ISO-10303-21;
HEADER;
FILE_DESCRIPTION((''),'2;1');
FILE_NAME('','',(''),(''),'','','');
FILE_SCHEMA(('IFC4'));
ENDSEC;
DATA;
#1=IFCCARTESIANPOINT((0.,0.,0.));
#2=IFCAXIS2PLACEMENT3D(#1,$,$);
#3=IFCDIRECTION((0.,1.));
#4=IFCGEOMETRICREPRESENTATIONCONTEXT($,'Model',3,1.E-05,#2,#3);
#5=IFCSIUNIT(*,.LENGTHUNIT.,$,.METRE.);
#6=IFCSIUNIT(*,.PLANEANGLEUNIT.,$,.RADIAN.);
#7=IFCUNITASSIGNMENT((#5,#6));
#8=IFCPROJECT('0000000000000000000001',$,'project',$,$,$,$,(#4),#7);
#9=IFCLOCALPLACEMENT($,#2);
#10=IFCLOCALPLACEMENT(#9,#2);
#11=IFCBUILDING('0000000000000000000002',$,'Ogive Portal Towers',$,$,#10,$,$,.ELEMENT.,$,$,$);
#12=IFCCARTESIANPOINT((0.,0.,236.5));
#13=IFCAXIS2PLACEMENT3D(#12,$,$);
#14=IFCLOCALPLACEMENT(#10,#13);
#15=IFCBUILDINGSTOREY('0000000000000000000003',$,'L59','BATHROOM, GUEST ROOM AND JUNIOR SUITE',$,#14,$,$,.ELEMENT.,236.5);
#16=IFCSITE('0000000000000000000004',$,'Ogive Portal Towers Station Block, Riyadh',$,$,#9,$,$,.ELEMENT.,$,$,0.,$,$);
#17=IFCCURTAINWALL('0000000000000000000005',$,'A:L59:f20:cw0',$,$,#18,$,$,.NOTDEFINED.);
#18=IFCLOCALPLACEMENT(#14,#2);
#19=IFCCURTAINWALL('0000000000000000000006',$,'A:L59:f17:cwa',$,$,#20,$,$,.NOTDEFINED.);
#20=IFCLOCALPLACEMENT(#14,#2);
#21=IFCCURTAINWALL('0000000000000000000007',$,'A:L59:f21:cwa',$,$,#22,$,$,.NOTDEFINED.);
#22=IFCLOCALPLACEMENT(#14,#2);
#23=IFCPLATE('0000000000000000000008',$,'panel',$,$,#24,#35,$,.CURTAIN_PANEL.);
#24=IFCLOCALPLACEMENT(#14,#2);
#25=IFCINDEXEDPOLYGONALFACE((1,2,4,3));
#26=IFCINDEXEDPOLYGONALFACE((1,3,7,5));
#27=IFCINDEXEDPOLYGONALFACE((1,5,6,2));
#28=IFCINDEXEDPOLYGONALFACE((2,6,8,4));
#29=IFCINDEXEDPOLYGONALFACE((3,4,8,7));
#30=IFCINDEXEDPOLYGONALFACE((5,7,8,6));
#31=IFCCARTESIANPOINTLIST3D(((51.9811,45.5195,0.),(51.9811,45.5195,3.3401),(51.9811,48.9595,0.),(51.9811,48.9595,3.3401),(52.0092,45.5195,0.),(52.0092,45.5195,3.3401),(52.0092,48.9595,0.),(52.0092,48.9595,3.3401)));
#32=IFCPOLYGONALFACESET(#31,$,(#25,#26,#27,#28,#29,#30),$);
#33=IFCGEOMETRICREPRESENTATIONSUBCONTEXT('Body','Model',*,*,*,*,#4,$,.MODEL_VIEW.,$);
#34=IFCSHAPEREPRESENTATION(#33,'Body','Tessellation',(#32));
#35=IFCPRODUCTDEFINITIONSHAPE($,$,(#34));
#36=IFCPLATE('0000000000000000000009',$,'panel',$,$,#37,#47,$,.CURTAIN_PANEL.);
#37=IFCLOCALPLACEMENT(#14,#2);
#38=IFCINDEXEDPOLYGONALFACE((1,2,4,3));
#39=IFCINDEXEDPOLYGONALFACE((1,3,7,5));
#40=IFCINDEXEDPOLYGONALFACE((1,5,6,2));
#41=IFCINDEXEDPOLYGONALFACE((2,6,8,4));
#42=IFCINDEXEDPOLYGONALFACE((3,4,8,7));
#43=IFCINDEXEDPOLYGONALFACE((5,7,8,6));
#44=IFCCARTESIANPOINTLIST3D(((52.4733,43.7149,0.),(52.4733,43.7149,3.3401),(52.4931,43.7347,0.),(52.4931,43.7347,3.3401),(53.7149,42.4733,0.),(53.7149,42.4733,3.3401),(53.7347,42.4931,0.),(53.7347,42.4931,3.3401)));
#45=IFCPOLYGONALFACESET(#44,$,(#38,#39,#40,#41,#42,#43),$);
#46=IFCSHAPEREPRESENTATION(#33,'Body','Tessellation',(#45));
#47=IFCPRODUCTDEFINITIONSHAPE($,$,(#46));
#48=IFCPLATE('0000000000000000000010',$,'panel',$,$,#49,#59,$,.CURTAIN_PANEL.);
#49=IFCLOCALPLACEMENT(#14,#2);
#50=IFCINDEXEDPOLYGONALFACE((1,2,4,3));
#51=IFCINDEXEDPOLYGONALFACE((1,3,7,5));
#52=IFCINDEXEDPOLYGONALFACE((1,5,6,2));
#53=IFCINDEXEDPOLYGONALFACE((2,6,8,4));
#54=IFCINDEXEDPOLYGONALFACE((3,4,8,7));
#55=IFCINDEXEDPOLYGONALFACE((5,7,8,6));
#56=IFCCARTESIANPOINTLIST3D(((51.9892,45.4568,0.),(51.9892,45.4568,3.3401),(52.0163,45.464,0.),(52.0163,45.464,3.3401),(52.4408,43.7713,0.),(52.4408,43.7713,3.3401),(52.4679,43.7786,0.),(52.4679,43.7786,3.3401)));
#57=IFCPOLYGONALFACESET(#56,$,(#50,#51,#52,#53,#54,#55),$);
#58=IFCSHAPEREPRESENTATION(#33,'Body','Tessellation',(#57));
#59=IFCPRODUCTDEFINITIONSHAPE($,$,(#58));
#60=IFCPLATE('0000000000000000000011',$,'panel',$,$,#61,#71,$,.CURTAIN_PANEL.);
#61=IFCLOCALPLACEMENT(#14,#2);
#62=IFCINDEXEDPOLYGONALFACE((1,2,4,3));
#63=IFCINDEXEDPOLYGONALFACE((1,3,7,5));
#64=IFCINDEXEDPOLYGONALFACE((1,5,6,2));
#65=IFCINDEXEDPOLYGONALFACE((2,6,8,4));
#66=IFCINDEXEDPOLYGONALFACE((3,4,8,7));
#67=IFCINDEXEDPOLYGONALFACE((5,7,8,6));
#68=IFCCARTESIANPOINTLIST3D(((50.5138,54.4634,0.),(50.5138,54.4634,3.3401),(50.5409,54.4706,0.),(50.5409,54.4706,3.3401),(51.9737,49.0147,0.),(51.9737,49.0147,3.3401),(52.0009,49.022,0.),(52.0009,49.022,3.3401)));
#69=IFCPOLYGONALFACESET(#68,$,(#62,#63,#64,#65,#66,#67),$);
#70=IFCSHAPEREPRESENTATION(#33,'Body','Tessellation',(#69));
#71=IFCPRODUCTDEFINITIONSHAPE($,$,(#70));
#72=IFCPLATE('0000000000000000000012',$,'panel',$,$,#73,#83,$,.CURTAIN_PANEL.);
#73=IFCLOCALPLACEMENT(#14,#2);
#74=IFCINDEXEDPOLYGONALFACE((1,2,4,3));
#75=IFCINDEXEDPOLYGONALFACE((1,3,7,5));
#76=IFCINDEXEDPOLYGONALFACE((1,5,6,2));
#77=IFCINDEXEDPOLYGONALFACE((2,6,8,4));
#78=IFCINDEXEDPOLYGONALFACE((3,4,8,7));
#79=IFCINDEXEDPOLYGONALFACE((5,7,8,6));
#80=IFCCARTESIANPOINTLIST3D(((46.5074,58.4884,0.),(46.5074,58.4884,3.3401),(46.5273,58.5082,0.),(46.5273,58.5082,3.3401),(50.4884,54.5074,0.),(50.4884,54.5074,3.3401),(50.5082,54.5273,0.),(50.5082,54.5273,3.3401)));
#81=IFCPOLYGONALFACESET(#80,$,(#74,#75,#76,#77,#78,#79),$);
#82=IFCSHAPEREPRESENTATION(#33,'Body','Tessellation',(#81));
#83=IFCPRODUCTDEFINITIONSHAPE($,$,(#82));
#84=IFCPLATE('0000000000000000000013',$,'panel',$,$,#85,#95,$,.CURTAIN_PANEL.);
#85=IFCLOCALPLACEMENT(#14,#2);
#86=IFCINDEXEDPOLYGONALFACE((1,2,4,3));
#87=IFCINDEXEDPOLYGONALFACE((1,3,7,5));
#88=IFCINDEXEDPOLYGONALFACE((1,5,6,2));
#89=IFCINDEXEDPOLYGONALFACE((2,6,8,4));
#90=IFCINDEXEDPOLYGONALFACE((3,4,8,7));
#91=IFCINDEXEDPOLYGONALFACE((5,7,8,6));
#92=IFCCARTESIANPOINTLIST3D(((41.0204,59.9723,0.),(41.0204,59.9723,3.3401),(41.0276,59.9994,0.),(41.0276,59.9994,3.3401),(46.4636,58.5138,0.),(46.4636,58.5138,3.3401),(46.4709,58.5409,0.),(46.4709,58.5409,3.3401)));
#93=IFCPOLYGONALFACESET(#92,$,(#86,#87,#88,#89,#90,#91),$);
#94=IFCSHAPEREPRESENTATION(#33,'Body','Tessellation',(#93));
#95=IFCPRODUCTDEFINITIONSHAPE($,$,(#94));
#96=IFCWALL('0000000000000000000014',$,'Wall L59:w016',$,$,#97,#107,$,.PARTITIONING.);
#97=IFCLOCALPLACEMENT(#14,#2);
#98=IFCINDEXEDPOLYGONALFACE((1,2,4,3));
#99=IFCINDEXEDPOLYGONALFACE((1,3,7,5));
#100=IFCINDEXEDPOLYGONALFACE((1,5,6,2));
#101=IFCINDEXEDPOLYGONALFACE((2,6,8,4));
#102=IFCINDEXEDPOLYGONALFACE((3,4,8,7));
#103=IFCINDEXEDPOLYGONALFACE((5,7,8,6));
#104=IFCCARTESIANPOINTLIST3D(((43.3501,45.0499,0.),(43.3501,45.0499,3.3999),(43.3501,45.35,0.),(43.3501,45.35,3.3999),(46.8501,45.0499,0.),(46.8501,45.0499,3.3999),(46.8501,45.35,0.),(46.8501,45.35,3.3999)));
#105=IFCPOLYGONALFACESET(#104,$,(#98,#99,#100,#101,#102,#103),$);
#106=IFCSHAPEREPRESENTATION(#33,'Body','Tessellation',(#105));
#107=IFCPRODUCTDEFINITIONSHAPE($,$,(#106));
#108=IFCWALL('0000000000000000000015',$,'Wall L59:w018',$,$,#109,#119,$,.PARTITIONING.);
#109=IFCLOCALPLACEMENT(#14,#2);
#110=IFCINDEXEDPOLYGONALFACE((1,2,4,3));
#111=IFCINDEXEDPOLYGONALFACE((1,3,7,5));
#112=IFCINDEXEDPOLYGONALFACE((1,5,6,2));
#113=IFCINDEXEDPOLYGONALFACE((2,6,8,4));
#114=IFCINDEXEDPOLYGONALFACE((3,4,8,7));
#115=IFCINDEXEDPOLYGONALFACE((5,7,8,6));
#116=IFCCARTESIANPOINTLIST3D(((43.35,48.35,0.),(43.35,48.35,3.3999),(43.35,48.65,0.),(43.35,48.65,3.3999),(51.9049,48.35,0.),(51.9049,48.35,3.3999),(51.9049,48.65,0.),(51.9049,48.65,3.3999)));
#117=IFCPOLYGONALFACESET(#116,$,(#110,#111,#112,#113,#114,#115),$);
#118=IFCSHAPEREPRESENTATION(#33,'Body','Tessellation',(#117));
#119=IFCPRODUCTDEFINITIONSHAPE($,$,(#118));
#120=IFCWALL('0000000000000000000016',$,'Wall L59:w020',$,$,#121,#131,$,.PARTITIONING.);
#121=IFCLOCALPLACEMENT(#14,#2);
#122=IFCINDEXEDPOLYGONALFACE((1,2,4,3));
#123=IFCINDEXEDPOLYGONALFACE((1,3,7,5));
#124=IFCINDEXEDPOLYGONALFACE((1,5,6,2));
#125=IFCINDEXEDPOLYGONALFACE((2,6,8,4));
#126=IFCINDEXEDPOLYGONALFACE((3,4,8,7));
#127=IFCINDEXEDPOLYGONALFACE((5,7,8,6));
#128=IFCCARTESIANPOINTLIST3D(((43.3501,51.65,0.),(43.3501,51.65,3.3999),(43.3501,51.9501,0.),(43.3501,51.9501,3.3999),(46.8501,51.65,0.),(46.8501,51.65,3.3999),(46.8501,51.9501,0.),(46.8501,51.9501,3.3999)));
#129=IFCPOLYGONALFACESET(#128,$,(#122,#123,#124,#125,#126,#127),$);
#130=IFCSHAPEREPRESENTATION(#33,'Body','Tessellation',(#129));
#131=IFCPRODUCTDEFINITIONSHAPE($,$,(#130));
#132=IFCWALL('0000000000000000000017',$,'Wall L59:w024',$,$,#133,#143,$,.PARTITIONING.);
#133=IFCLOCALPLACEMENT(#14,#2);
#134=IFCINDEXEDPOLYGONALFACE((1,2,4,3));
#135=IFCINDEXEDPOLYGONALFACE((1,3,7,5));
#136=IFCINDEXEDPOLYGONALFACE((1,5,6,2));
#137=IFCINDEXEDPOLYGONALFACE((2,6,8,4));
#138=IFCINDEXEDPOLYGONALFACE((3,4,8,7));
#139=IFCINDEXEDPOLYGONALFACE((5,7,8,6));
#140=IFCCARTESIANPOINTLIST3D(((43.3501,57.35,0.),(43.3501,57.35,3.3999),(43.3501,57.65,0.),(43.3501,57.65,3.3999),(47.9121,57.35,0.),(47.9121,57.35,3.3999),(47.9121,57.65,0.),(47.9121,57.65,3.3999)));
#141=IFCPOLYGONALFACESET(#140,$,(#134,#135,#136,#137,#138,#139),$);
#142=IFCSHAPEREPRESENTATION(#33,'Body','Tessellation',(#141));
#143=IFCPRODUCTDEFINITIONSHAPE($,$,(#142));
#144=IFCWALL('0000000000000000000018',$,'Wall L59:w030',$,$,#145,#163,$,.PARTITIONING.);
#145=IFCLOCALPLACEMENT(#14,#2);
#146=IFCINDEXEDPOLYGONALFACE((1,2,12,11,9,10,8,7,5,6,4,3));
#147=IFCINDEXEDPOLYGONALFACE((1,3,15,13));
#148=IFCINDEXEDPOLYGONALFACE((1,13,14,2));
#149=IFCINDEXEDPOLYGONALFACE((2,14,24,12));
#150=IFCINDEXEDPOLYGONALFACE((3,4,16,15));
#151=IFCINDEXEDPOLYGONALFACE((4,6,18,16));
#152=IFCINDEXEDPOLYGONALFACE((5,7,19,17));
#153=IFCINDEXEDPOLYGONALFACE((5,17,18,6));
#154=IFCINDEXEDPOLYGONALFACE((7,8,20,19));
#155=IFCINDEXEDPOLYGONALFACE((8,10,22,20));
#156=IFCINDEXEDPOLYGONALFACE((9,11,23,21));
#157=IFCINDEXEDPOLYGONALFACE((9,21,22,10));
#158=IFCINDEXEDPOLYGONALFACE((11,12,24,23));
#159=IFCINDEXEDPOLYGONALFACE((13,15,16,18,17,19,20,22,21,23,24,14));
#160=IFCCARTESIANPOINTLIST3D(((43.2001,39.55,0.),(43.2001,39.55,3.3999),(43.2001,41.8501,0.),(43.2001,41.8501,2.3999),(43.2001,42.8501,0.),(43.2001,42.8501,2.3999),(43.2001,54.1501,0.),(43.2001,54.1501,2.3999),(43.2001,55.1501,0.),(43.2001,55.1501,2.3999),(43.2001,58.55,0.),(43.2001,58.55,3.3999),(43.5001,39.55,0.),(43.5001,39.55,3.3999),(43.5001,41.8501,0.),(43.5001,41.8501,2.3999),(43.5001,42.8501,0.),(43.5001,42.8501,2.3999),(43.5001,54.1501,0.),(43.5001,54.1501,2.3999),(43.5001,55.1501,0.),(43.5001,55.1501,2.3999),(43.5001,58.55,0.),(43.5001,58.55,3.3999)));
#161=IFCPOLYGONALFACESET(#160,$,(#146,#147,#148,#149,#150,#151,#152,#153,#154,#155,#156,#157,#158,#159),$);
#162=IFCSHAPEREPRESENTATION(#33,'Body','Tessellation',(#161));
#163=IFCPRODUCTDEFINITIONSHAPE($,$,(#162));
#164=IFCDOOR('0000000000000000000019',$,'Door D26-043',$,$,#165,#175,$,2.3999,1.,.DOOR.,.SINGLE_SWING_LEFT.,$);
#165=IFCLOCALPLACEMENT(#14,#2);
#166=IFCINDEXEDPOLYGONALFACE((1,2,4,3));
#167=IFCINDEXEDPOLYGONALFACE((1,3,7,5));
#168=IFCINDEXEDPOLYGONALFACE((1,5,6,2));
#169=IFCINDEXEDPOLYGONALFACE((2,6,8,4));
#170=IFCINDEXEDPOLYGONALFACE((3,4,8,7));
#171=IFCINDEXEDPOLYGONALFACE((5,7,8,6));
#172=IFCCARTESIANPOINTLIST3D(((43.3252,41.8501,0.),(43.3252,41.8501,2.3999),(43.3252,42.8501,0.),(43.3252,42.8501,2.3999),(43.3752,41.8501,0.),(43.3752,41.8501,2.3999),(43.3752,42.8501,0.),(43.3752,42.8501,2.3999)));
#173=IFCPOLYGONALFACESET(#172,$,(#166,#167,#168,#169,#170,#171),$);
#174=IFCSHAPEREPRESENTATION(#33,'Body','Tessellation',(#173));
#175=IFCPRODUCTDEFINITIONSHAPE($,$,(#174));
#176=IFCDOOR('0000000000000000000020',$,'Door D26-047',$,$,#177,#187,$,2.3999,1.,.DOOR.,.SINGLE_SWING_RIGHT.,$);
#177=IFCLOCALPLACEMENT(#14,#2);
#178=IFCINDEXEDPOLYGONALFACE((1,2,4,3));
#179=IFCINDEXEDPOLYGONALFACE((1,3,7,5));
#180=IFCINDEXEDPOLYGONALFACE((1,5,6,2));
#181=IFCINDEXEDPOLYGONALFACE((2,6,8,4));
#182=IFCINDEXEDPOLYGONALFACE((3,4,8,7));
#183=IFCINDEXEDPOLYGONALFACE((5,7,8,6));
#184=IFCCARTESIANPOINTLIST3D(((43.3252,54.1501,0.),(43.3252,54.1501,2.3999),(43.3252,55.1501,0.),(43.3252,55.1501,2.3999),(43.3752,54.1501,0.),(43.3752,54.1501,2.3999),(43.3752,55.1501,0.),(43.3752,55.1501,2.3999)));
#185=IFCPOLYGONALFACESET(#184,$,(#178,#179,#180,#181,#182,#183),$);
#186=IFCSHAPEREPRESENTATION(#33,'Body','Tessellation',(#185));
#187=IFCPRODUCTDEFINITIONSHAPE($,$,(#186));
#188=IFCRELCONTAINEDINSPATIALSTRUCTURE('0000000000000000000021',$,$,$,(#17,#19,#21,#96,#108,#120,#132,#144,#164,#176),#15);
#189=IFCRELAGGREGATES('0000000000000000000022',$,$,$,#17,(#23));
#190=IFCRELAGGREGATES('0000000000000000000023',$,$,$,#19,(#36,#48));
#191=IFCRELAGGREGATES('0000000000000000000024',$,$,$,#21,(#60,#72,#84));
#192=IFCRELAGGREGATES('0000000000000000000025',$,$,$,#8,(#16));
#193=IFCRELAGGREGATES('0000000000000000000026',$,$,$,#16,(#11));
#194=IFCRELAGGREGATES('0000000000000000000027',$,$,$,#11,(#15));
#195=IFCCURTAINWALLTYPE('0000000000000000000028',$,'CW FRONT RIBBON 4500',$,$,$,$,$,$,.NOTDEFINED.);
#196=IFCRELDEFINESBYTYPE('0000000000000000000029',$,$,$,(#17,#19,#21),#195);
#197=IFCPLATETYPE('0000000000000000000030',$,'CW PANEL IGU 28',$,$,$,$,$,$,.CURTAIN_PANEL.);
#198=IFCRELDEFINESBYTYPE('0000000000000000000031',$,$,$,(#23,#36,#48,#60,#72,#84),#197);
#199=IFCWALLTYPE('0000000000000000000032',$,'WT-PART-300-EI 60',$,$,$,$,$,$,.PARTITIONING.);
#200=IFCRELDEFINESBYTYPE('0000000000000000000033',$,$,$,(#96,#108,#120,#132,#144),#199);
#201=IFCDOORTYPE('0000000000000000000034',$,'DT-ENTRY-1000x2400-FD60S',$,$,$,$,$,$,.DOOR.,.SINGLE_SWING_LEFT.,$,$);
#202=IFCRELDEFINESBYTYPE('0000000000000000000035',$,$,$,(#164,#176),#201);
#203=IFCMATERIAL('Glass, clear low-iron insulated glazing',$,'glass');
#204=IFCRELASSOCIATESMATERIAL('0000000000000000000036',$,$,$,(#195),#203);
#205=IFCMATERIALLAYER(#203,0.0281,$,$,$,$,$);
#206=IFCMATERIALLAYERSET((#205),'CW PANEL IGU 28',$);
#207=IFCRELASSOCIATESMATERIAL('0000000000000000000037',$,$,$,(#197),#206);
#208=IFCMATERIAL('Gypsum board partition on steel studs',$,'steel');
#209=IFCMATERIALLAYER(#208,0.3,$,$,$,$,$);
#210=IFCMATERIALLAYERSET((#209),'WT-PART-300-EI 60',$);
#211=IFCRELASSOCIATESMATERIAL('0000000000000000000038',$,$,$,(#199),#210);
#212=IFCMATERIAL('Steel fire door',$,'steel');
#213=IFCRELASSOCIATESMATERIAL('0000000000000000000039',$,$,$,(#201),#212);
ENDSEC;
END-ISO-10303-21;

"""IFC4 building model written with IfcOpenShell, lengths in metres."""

from ifc_helpers import new_model, si_unit, direction, frame, frame_2d, origin, origin_2d, place, context, subcontext, project, spatial, rectangle, extrude, material, layer, layer_set, type_object, element, fill, aggregate, save


model = new_model("IFC4")

# Units and contexts
model_context = context("Model", 3, precision=1e-05, world=origin(), true_north=direction((0.0, 1.0)))
body_context = subcontext(model_context, "Body", "Model", "MODEL_VIEW")
ifc_project = project(units=[si_unit("LENGTHUNIT", "METRE"), si_unit("PLANEANGLEUNIT", "RADIAN")], contexts=[model_context])

# Site, building, storey
site_placement = place(None, origin())
site = spatial("IfcSite", under=ifc_project, at=site_placement, Name="Ogive Portal Towers Station Block, Riyadh", CompositionType="ELEMENT", RefElevation=0.0)
building_placement = place(site_placement, origin())
building = spatial("IfcBuilding", under=site, at=building_placement, Name="Ogive Portal Towers", CompositionType="ELEMENT")
storey_placement = place(building_placement, frame((0.0, 0.0, 236.5)))
storey = spatial("IfcBuildingStorey", under=building, at=storey_placement, Name="L59", Description="BATHROOM, GUEST ROOM AND JUNIOR SUITE", CompositionType="ELEMENT", Elevation=236.5)

# Curtain wall
ifc_material_1 = material(Name="Glass, clear low-iron insulated glazing", Category="glass")
curtain_wall_type = type_object("IfcCurtainWallType", Name="CW FRONT RIBBON 4500", PredefinedType="NOTDEFINED", material=ifc_material_1)
curtain_wall_1_placement = place(storey_placement, origin())
curtain_wall_1 = element("IfcCurtainWall", 1, at=curtain_wall_1_placement, inside=storey, type_object=curtain_wall_type, Name="A:L59:f20:cw0", PredefinedType="NOTDEFINED")

# Curtain wall
curtain_wall_2_placement = place(storey_placement, origin())
curtain_wall_2 = element("IfcCurtainWall", 2, at=curtain_wall_2_placement, inside=storey, type_object=curtain_wall_type, Name="A:L59:f17:cwa", PredefinedType="NOTDEFINED")

# Curtain wall
curtain_wall_3_placement = place(storey_placement, origin())
curtain_wall_3 = element("IfcCurtainWall", 3, at=curtain_wall_3_placement, inside=storey, type_object=curtain_wall_type, Name="A:L59:f21:cwa", PredefinedType="NOTDEFINED")

# Plates
ifc_layer_1 = layer(ifc_material_1, 0.0281)
ifc_layer_set_1 = layer_set([ifc_layer_1], Name="CW PANEL IGU 28")
plate_type = type_object("IfcPlateType", Name="CW PANEL IGU 28", PredefinedType="CURTAIN_PANEL", material=ifc_layer_set_1)
plate_1_placement = place(storey_placement, frame((51.9951, 47.2395, 0.0), z_axis=(0.0, 0.0, 1.0), x_axis=(0.0, 1.0, 0.0)))
plate_1 = element("IfcPlate", 4, at=plate_1_placement, type_object=plate_type, Name="panel", PredefinedType="CURTAIN_PANEL", context=body_context, shape_type="SweptSolid", body=[
    extrude(rectangle(XDim=3.4399, YDim=0.0281, at=origin_2d()), origin(), (0.0, 0.0, 1.0), 3.3401),
])
aggregate(curtain_wall_1, [plate_1])
plate_2_placement = place(storey_placement, frame((53.104, 43.104, 0.0), z_axis=(0.0, 0.0, 1.0), x_axis=(-0.707107, 0.707107, 0.0)))
plate_2 = element("IfcPlate", 5, at=plate_2_placement, type_object=plate_type, Name="panel", PredefinedType="CURTAIN_PANEL", context=body_context, shape_type="SweptSolid", body=[
    extrude(rectangle(XDim=1.7559, YDim=0.0281, at=origin_2d()), origin(), (0.0, 0.0, 1.0), 3.3401),
])
plate_3_placement = place(storey_placement, frame((52.2285, 44.6177, 0.0), z_axis=(0.0, 0.0, 1.0), x_axis=(-0.258819, 0.965926, 0.0)))
plate_3 = element("IfcPlate", 6, at=plate_3_placement, type_object=plate_type, Name="panel", PredefinedType="CURTAIN_PANEL", context=body_context, shape_type="SweptSolid", body=[
    extrude(rectangle(XDim=1.7449, YDim=0.0281, at=origin_2d()), origin(), (0.0, 0.0, 1.0), 3.3401),
])
aggregate(curtain_wall_2, [plate_2, plate_3])
plate_4_placement = place(storey_placement, frame((51.2573, 51.7427, 0.0), z_axis=(0.0, 0.0, 1.0), x_axis=(-0.258819, 0.965926, 0.0)))
plate_4 = element("IfcPlate", 7, at=plate_4_placement, type_object=plate_type, Name="panel", PredefinedType="CURTAIN_PANEL", context=body_context, shape_type="SweptSolid", body=[
    extrude(rectangle(XDim=5.6409, YDim=0.0281, at=origin_2d()), origin(), (0.0, 0.0, 1.0), 3.3401),
])
plate_5_placement = place(storey_placement, frame((48.5078, 56.5078, 0.0), z_axis=(0.0, 0.0, 1.0), x_axis=(-0.707107, 0.707107, 0.0)))
plate_5 = element("IfcPlate", 8, at=plate_5_placement, type_object=plate_type, Name="panel", PredefinedType="CURTAIN_PANEL", context=body_context, shape_type="SweptSolid", body=[
    extrude(rectangle(XDim=5.6299, YDim=0.0281, at=origin_2d()), origin(), (0.0, 0.0, 1.0), 3.3401),
])
plate_6_placement = place(storey_placement, frame((43.7456, 59.2566, 0.0), z_axis=(0.0, 0.0, 1.0), x_axis=(-0.965926, 0.258819, 0.0)))
plate_6 = element("IfcPlate", 9, at=plate_6_placement, type_object=plate_type, Name="panel", PredefinedType="CURTAIN_PANEL", context=body_context, shape_type="SweptSolid", body=[
    extrude(rectangle(XDim=5.6353, YDim=0.0281, at=origin_2d()), origin(), (0.0, 0.0, 1.0), 3.3401),
])
aggregate(curtain_wall_3, [plate_4, plate_5, plate_6])

# Walls
ifc_material_2 = material(Name="Gypsum board partition on steel studs", Category="steel")
ifc_layer_2 = layer(ifc_material_2, 0.3)
ifc_layer_set_2 = layer_set([ifc_layer_2], Name="WT-PART-300-EI 60")
wall_type = type_object("IfcWallType", Name="WT-PART-300-EI 60", PredefinedType="PARTITIONING", material=ifc_layer_set_2)
wall_1_placement = place(storey_placement, frame((43.3501, 45.2, 0.0), z_axis=(0.0, 0.0, 1.0), x_axis=(1.0, 0.0, 0.0)))
element("IfcWall", 10, at=wall_1_placement, inside=storey, type_object=wall_type, Name="Wall L59:w016", PredefinedType="PARTITIONING", context=body_context, shape_type="SweptSolid", body=[
    extrude(rectangle(XDim=3.5, YDim=0.3, at=frame_2d((1.75, 0.0))), origin(), (0.0, 0.0, 1.0), 3.3999),
])
wall_2_placement = place(storey_placement, frame((43.3501, 48.5, 0.0), z_axis=(0.0, 0.0, 1.0), x_axis=(1.0, 0.0, 0.0)))
element("IfcWall", 11, at=wall_2_placement, inside=storey, type_object=wall_type, Name="Wall L59:w018", PredefinedType="PARTITIONING", context=body_context, shape_type="SweptSolid", body=[
    extrude(rectangle(XDim=8.5549, YDim=0.3, at=frame_2d((4.2773, 0.0))), origin(), (0.0, 0.0, 1.0), 3.3999),
])
wall_3_placement = place(storey_placement, frame((43.3501, 51.8, 0.0), z_axis=(0.0, 0.0, 1.0), x_axis=(1.0, 0.0, 0.0)))
element("IfcWall", 12, at=wall_3_placement, inside=storey, type_object=wall_type, Name="Wall L59:w020", PredefinedType="PARTITIONING", context=body_context, shape_type="SweptSolid", body=[
    extrude(rectangle(XDim=3.5, YDim=0.3, at=frame_2d((1.75, 0.0))), origin(), (0.0, 0.0, 1.0), 3.3999),
])
wall_4_placement = place(storey_placement, frame((43.3501, 57.5, 0.0), z_axis=(0.0, 0.0, 1.0), x_axis=(1.0, 0.0, 0.0)))
element("IfcWall", 13, at=wall_4_placement, inside=storey, type_object=wall_type, Name="Wall L59:w024", PredefinedType="PARTITIONING", context=body_context, shape_type="SweptSolid", body=[
    extrude(rectangle(XDim=4.562, YDim=0.3, at=frame_2d((2.281, 0.0))), origin(), (0.0, 0.0, 1.0), 3.3999),
])

# Wall, openings, doors
wall_5_placement = place(storey_placement, frame((43.3501, 39.55, 0.0), z_axis=(0.0, 0.0, 1.0), x_axis=(0.0, 1.0, 0.0)))
wall_5 = element("IfcWall", 14, at=wall_5_placement, inside=storey, type_object=wall_type, Name="Wall L59:w030", PredefinedType="PARTITIONING", context=body_context, shape_type="SweptSolid", body=[
    extrude(rectangle(XDim=19.0, YDim=0.3, at=frame_2d((9.5, 0.0))), origin(), (0.0, 0.0, 1.0), 3.3999),
])
opening_1_placement = place(wall_5_placement, frame((2.3, 0.0, 0.0)))
opening_1 = element("IfcOpeningElement", 15, at=opening_1_placement, cuts=wall_5, PredefinedType="OPENING", context=body_context, shape_type="SweptSolid", body=[
    extrude(rectangle(XDim=1.0, YDim=2.3999, at=frame_2d((0.5, 1.2))), frame((0.0, 0.1602, 0.0), z_axis=(0.0, -1.0, 0.0), x_axis=(1.0, 0.0, 0.0)), (0.0, 0.0, 1.0), 0.3201),
])
opening_2_placement = place(wall_5_placement, frame((14.6001, 0.0, 0.0)))
opening_2 = element("IfcOpeningElement", 16, at=opening_2_placement, cuts=wall_5, PredefinedType="OPENING", context=body_context, shape_type="SweptSolid", body=[
    extrude(rectangle(XDim=1.0, YDim=2.3999, at=frame_2d((0.5, 1.2))), frame((0.0, 0.1602, 0.0), z_axis=(0.0, -1.0, 0.0), x_axis=(1.0, 0.0, 0.0)), (0.0, 0.0, 1.0), 0.3201),
])
ifc_material_3 = material(Name="Steel fire door", Category="steel")
door_type_1 = type_object("IfcDoorType", Name="DT-ENTRY-1000x2400-FD60S", OperationType="SINGLE_SWING_LEFT", PredefinedType="DOOR", material=ifc_material_3)
door_1_placement = place(opening_1_placement, origin())
door_1 = element("IfcDoor", 17, at=door_1_placement, inside=storey, type_object=door_type_1, Name="Door D26-043", OperationType="SINGLE_SWING_LEFT", OverallHeight=2.3999, OverallWidth=1.0, PredefinedType="DOOR", context=body_context, shape_type="SweptSolid", body=[
    extrude(rectangle(XDim=1.0, YDim=2.3999, at=frame_2d((0.5, 1.2))), frame((0.0, 0.0249, 0.0), z_axis=(0.0, -1.0, 0.0), x_axis=(1.0, 0.0, 0.0)), (0.0, 0.0, 1.0), 0.05),
])
fill(opening_1, door_1)
door_2_placement = place(opening_2_placement, origin())
door_2 = element("IfcDoor", 18, at=door_2_placement, inside=storey, type_object=door_type_1, Name="Door D26-047", OperationType="SINGLE_SWING_RIGHT", OverallHeight=2.3999, OverallWidth=1.0, PredefinedType="DOOR", context=body_context, shape_type="SweptSolid", body=[
    extrude(rectangle(XDim=1.0, YDim=2.3999, at=frame_2d((0.5, 1.2))), frame((0.0, 0.0249, 0.0), z_axis=(0.0, -1.0, 0.0), x_axis=(1.0, 0.0, 0.0)), (0.0, 0.0, 1.0), 0.05),
])
fill(opening_2, door_2)

save(model, "model.ifc")
